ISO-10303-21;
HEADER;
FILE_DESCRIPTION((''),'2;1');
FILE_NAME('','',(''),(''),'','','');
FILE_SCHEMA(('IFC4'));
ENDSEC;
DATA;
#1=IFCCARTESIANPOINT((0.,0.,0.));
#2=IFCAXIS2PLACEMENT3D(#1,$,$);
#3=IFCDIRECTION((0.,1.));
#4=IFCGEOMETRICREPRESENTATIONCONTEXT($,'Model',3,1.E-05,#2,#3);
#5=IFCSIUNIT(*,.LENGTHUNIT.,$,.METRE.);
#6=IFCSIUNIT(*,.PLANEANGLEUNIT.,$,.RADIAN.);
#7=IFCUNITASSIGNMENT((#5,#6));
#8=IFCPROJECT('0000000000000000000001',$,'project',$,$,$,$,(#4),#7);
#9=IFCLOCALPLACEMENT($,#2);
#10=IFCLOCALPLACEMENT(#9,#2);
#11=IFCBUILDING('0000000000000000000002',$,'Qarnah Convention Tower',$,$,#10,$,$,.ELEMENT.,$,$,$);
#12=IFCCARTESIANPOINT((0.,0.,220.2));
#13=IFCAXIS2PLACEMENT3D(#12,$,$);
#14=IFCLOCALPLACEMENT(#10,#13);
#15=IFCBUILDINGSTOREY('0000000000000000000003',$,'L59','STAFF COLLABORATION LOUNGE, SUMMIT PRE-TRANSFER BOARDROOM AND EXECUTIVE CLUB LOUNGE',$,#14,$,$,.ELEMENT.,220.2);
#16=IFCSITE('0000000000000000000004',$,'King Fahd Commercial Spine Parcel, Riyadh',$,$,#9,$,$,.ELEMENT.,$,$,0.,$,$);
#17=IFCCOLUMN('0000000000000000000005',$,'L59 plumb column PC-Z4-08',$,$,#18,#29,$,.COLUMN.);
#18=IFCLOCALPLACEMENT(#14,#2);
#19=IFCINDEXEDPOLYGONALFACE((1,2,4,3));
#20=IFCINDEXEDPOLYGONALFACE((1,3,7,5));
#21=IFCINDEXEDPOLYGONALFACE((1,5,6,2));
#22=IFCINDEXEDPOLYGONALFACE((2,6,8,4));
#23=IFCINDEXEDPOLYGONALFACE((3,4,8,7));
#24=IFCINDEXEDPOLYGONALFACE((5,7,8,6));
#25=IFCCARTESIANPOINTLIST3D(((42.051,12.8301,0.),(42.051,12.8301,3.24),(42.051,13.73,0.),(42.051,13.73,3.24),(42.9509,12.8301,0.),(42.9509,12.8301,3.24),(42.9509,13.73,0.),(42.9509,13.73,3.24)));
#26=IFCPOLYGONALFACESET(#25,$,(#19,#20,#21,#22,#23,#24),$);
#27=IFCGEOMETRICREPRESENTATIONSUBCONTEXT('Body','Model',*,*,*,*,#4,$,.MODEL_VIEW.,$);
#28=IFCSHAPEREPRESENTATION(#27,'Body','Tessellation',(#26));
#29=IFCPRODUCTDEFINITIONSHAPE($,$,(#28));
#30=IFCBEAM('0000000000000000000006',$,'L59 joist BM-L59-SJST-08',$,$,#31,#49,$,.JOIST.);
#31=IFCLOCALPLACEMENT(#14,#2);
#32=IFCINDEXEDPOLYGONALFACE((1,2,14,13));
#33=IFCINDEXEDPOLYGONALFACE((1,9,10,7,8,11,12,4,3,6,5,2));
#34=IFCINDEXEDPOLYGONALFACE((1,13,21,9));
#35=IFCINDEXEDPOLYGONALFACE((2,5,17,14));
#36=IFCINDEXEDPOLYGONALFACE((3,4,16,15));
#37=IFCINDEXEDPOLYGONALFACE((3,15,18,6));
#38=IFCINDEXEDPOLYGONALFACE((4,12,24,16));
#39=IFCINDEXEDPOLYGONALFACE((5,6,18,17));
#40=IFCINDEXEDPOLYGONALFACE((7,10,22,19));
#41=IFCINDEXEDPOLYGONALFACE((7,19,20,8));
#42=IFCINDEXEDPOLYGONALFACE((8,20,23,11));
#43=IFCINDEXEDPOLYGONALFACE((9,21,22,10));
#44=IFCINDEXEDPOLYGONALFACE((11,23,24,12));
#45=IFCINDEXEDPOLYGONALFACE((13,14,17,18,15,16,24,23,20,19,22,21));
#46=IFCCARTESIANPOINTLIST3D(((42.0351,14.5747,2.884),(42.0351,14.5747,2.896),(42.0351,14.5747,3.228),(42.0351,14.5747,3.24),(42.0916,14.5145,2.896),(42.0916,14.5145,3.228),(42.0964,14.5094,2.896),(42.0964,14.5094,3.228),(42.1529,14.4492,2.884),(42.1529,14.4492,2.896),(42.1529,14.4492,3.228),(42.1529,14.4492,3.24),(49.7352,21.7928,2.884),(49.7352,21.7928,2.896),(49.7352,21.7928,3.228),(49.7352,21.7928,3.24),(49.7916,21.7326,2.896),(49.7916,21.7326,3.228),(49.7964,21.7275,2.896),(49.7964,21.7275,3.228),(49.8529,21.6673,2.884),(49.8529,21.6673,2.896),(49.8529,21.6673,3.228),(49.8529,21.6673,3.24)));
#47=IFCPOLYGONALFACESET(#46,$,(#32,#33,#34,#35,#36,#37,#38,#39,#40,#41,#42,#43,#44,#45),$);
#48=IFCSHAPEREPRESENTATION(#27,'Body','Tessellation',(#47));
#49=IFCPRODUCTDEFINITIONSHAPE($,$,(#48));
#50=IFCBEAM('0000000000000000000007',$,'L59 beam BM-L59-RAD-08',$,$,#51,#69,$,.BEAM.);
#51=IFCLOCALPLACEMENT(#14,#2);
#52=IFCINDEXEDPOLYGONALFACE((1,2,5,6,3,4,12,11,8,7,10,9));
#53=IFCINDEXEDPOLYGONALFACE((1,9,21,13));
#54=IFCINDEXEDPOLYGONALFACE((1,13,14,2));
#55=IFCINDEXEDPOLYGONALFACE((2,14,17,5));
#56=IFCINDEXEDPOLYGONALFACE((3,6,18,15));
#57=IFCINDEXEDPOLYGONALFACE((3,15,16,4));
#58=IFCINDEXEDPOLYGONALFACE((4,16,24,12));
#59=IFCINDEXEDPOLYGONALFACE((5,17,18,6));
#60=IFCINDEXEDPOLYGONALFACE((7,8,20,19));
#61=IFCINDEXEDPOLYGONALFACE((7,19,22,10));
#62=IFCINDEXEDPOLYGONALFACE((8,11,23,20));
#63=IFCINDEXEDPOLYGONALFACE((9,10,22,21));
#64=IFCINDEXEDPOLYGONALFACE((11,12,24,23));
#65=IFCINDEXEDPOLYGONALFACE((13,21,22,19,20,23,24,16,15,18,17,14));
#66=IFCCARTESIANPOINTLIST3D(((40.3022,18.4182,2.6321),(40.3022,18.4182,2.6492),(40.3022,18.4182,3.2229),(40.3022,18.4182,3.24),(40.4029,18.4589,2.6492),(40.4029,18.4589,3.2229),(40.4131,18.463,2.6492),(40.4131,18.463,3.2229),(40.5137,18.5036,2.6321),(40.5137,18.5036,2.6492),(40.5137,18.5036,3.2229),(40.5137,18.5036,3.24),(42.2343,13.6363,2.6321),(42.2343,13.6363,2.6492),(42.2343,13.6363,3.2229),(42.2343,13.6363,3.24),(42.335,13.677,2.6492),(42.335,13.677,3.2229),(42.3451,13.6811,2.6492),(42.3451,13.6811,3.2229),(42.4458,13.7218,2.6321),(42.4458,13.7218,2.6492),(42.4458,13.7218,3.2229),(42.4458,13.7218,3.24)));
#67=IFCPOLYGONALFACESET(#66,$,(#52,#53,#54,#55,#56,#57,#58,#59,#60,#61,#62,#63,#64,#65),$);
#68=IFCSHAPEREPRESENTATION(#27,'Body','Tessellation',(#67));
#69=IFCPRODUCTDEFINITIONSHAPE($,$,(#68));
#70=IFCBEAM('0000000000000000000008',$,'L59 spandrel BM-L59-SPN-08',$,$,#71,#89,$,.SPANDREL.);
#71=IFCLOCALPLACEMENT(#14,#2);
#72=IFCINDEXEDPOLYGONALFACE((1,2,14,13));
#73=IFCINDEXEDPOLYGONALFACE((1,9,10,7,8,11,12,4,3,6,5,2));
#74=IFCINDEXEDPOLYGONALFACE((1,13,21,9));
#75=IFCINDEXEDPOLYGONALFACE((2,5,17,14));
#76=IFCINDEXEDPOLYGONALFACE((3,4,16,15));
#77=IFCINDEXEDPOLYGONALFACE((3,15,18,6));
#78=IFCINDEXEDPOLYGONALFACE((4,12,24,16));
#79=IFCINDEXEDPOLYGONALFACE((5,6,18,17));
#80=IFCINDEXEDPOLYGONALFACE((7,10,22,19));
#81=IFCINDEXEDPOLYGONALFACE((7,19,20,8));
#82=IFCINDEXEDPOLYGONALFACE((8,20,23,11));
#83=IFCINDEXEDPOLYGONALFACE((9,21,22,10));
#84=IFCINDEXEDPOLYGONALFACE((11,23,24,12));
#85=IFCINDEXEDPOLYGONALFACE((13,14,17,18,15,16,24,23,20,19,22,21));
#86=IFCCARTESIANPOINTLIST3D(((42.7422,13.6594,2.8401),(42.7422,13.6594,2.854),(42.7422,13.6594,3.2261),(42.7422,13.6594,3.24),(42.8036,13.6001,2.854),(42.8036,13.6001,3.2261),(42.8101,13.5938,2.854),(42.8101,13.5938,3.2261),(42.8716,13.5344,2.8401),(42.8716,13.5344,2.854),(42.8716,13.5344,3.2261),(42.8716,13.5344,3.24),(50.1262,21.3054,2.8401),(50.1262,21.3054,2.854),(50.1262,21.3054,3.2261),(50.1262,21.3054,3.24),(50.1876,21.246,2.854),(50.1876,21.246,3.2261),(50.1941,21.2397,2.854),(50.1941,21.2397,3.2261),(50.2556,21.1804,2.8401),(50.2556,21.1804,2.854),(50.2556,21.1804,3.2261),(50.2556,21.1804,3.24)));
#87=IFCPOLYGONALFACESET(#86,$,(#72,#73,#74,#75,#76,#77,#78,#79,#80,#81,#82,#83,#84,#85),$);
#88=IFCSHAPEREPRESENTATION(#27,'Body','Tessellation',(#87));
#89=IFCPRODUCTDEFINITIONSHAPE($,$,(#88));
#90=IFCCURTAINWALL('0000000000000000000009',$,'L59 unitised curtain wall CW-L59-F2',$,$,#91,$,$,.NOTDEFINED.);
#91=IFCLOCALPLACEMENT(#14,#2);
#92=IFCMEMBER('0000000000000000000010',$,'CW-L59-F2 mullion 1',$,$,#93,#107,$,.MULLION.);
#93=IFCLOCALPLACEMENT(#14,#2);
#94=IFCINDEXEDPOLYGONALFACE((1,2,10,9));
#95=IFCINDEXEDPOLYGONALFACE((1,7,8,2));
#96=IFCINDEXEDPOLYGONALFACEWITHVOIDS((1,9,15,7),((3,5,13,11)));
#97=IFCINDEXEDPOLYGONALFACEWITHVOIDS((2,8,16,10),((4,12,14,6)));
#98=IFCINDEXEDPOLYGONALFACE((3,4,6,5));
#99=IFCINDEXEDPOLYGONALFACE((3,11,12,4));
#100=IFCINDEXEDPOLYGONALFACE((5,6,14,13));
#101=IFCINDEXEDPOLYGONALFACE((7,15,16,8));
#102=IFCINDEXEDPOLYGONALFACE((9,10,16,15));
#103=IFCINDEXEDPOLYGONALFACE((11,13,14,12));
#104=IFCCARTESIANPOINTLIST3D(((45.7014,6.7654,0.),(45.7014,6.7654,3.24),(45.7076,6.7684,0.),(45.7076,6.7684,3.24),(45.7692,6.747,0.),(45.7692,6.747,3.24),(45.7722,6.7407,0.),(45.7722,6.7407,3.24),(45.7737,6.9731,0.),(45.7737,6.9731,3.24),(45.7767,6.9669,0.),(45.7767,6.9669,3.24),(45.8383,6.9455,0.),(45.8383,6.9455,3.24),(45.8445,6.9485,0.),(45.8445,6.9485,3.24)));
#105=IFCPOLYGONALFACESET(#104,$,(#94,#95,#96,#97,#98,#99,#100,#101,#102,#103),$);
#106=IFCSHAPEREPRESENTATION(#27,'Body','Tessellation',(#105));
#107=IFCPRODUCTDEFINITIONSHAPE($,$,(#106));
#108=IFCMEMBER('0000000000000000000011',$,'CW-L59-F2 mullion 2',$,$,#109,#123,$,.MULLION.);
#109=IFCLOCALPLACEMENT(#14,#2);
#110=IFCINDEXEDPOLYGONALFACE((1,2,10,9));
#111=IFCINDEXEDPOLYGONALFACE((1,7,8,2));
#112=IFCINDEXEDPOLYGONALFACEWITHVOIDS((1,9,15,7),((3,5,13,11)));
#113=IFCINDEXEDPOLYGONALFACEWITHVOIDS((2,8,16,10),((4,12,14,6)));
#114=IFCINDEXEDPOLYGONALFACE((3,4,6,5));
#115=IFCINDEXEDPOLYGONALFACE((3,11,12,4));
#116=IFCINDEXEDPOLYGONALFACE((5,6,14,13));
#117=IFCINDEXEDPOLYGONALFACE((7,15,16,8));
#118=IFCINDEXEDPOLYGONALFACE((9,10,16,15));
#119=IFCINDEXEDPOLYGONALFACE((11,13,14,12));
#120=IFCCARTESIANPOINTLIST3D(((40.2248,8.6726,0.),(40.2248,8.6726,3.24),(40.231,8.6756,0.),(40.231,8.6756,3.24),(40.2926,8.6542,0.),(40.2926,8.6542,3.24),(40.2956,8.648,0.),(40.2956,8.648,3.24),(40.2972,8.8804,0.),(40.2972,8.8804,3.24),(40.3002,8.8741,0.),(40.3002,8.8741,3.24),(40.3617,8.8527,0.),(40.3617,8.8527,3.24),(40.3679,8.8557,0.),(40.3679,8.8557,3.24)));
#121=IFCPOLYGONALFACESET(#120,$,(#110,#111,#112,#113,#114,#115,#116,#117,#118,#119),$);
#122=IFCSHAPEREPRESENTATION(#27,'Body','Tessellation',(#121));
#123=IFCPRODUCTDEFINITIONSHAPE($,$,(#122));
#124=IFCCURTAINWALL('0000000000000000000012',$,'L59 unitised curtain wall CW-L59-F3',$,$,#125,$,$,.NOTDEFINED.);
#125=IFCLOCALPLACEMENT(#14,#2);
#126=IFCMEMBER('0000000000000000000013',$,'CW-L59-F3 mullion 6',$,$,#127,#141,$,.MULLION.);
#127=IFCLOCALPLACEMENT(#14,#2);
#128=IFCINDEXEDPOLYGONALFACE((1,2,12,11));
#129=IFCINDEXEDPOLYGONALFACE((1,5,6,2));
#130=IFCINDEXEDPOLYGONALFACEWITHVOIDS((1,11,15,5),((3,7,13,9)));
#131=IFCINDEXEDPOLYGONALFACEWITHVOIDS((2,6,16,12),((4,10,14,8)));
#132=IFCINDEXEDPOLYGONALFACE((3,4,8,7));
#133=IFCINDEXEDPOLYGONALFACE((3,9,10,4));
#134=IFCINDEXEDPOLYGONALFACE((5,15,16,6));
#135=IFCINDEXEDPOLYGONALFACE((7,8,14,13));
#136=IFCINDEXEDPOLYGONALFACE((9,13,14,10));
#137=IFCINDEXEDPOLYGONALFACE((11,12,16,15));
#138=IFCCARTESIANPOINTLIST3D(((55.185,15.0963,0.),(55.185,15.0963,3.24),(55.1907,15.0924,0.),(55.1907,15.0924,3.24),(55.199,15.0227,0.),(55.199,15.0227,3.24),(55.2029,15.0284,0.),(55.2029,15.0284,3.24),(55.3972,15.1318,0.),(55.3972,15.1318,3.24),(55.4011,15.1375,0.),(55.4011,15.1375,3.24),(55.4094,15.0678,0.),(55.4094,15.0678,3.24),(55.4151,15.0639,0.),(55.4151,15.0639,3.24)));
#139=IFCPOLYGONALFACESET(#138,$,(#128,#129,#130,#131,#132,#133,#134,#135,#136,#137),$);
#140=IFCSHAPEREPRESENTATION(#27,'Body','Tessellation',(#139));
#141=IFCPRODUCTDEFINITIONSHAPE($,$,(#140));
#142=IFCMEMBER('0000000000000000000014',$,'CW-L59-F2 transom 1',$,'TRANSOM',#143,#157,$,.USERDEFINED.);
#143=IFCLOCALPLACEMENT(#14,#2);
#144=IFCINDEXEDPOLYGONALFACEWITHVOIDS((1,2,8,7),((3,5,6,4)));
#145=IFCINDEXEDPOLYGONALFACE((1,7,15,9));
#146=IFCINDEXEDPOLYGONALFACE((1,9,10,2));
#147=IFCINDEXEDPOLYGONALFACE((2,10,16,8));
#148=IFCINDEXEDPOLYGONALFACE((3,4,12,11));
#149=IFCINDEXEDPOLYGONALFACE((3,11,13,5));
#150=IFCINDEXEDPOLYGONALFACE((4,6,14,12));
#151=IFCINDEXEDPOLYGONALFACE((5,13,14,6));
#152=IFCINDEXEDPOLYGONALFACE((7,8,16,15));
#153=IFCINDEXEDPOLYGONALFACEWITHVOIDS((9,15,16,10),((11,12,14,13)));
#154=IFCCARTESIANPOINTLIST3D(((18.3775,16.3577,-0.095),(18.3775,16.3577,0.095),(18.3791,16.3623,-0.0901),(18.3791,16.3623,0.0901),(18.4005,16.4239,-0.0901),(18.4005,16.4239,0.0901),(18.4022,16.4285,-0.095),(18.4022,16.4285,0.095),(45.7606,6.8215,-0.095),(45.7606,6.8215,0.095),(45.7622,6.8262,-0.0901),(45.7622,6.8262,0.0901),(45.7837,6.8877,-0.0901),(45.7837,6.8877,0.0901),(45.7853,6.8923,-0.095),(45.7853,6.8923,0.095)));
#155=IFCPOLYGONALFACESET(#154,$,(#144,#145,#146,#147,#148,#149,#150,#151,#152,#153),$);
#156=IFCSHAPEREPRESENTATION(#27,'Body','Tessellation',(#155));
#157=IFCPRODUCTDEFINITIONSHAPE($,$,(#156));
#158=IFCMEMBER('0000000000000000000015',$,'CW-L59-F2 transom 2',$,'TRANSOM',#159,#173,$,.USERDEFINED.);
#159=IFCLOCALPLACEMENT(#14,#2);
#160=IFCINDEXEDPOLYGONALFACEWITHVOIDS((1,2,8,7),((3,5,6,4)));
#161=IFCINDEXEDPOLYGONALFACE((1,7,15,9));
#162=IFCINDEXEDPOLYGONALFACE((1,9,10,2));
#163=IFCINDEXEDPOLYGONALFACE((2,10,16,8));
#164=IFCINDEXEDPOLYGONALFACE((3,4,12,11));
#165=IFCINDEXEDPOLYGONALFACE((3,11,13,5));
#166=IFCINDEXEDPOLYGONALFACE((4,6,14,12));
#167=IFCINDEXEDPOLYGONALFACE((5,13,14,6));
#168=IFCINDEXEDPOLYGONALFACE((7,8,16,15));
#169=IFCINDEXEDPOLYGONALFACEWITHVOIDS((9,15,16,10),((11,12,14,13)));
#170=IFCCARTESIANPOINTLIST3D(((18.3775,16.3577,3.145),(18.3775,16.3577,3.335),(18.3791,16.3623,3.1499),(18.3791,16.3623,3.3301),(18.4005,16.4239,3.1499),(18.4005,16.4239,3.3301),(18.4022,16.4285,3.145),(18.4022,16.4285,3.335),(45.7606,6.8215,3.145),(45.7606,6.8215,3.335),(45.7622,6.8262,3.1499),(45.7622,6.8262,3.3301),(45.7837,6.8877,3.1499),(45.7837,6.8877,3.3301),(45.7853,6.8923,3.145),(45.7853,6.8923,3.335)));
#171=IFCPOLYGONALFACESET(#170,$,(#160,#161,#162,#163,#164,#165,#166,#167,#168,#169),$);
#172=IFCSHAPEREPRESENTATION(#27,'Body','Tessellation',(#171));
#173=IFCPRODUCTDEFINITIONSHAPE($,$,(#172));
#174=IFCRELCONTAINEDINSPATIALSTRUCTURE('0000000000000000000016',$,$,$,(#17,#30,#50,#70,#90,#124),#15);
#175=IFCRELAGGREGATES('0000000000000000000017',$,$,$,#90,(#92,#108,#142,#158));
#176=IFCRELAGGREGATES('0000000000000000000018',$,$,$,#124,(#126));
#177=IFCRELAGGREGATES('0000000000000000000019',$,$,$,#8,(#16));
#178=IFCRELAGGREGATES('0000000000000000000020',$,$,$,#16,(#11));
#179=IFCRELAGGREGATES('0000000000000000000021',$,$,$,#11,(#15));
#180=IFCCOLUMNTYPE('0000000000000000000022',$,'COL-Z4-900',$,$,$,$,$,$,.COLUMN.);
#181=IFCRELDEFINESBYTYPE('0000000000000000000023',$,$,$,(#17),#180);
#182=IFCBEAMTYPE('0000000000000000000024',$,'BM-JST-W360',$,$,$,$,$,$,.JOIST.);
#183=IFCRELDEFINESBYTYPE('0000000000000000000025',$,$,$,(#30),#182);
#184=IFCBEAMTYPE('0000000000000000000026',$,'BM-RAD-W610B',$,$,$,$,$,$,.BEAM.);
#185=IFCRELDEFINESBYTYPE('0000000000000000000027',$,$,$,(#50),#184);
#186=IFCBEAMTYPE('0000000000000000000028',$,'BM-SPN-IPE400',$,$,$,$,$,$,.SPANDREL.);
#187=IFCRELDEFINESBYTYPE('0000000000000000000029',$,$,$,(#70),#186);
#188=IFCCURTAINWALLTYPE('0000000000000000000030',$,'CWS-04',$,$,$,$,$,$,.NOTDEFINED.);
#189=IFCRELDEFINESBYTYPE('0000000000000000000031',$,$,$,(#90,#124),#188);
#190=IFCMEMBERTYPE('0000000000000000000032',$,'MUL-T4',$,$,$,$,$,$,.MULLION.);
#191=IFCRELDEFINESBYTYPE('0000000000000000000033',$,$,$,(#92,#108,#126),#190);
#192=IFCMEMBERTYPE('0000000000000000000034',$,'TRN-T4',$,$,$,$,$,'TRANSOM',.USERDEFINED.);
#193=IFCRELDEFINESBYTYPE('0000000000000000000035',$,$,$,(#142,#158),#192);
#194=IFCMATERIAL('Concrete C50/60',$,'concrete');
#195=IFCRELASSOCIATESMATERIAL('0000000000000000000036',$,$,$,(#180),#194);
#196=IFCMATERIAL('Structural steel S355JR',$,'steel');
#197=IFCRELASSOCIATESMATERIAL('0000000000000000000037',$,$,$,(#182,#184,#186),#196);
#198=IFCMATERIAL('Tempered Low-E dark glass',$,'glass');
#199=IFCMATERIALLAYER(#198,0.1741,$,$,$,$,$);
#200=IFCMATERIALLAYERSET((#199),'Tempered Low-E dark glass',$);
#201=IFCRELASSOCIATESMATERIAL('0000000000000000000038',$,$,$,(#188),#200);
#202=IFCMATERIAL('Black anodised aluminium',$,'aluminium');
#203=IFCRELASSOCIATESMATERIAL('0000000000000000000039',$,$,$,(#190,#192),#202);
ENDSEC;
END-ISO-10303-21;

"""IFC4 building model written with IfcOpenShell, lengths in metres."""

from ifc_helpers import new_model, si_unit, direction, frame, origin, origin_2d, place, context, subcontext, project, spatial, rectangle, hollow_rectangle, i_section, extrude, material, layer, layer_set, material_profile, profile_set, type_object, element, aggregate, save


model = new_model("IFC4")

# Units and contexts
model_context = context("Model", 3, precision=1e-05, world=origin(), true_north=direction((0.0, 1.0)))
body_context = subcontext(model_context, "Body", "Model", "MODEL_VIEW")
ifc_project = project(units=[si_unit("LENGTHUNIT", "METRE"), si_unit("PLANEANGLEUNIT", "RADIAN")], contexts=[model_context])

# Site, building, storey
site_placement = place(None, origin())
site = spatial("IfcSite", under=ifc_project, at=site_placement, Name="King Fahd Commercial Spine Parcel, Riyadh", CompositionType="ELEMENT", RefElevation=0.0)
building_placement = place(site_placement, origin())
building = spatial("IfcBuilding", under=site, at=building_placement, Name="Qarnah Convention Tower", CompositionType="ELEMENT")
storey_placement = place(building_placement, frame((0.0, 0.0, 220.2)))
storey = spatial("IfcBuildingStorey", under=building, at=storey_placement, Name="L59", Description="STAFF COLLABORATION LOUNGE, SUMMIT PRE-TRANSFER BOARDROOM AND EXECUTIVE CLUB LOUNGE", CompositionType="ELEMENT", Elevation=220.2)

# Column
ifc_material_1 = material(Name="Concrete C50/60", Category="concrete")
ifc_material_profile_1 = material_profile(ifc_material_1, rectangle(XDim=0.8999, YDim=0.8999, at=origin_2d()), Name="RC-COL-900X900")
ifc_profile_set_1 = profile_set([ifc_material_profile_1], Name="Concrete C50/60")
column_type = type_object("IfcColumnType", Name="COL-Z4-900", PredefinedType="COLUMN", material=ifc_profile_set_1)
column_placement = place(storey_placement, frame((42.501, 13.28, 0.0), z_axis=(0.0, 0.0, 1.0), x_axis=(1.0, 0.0, 0.0)))
element("IfcColumn", 1, at=column_placement, inside=storey, type_object=column_type, Name="L59 plumb column PC-Z4-08", PredefinedType="COLUMN", context=body_context, shape_type="SweptSolid", body=[
    extrude(rectangle(XDim=0.8999, YDim=0.8999, at=origin_2d()), origin(), (0.0, 0.0, 1.0), 3.24),
])

# Beams
ifc_material_2 = material(Name="Structural steel S355JR", Category="steel")
ifc_material_profile_2 = material_profile(ifc_material_2, i_section(OverallWidth=0.1721, OverallDepth=0.356, WebThickness=0.0071, FlangeThickness=0.012, at=origin_2d()), Name="W360X51")
ifc_profile_set_2 = profile_set([ifc_material_profile_2], Name="Structural steel S355JR")
beam_type_1 = type_object("IfcBeamType", Name="BM-JST-W360", PredefinedType="JOIST", material=ifc_profile_set_2)
beam_1_placement = place(storey_placement, frame((42.094, 14.512, 3.062), z_axis=(0.72957, 0.683907, 0.0), x_axis=(-0.683907, 0.72957, 0.0)))
element("IfcBeam", 2, at=beam_1_placement, inside=storey, type_object=beam_type_1, Name="L59 joist BM-L59-SJST-08", PredefinedType="JOIST", context=body_context, shape_type="SweptSolid", body=[
    extrude(i_section(OverallWidth=0.1721, OverallDepth=0.356, WebThickness=0.0071, FlangeThickness=0.012, at=origin_2d()), origin(), (0.0, 0.0, 1.0), 10.5542),
])
ifc_material_profile_3 = material_profile(ifc_material_2, i_section(OverallWidth=0.228, OverallDepth=0.6079, WebThickness=0.011, FlangeThickness=0.0171, at=origin_2d()), Name="W610X113")
ifc_profile_set_3 = profile_set([ifc_material_profile_3], Name="Structural steel S355JR")
beam_type_2 = type_object("IfcBeamType", Name="BM-RAD-W610B", PredefinedType="BEAM", material=ifc_profile_set_3)
beam_2_placement = place(storey_placement, frame((40.408, 18.4609, 2.936), z_axis=(0.37462, -0.927178, 0.0), x_axis=(0.927178, 0.37462, 0.0)))
element("IfcBeam", 3, at=beam_2_placement, inside=storey, type_object=beam_type_2, Name="L59 beam BM-L59-RAD-08", PredefinedType="BEAM", context=body_context, shape_type="SweptSolid", body=[
    extrude(i_section(OverallWidth=0.228, OverallDepth=0.6079, WebThickness=0.011, FlangeThickness=0.0171, at=origin_2d()), origin(), (0.0, 0.0, 1.0), 5.1575),
])
ifc_material_profile_4 = material_profile(ifc_material_2, i_section(OverallWidth=0.1799, OverallDepth=0.3999, WebThickness=0.009, FlangeThickness=0.0139, at=origin_2d()), Name="IPE400")
ifc_profile_set_4 = profile_set([ifc_material_profile_4], Name="Structural steel S355JR")
beam_type_3 = type_object("IfcBeamType", Name="BM-SPN-IPE400", PredefinedType="SPANDREL", material=ifc_profile_set_4)
beam_3_placement = place(storey_placement, frame((42.8069, 13.5969, 3.04), z_axis=(0.694677, 0.719322, 0.0), x_axis=(-0.719322, 0.694677, 0.0)))
element("IfcBeam", 4, at=beam_3_placement, inside=storey, type_object=beam_type_3, Name="L59 spandrel BM-L59-SPN-08", PredefinedType="SPANDREL", context=body_context, shape_type="SweptSolid", body=[
    extrude(i_section(OverallWidth=0.1799, OverallDepth=0.3999, WebThickness=0.009, FlangeThickness=0.0139, at=origin_2d()), origin(), (0.0, 0.0, 1.0), 10.6294),
])

# Curtain wall, members
ifc_material_3 = material(Name="Tempered Low-E dark glass", Category="glass")
ifc_layer_1 = layer(ifc_material_3, 0.1741)
ifc_layer_set_1 = layer_set([ifc_layer_1], Name="Tempered Low-E dark glass")
curtain_wall_type = type_object("IfcCurtainWallType", Name="CWS-04", PredefinedType="NOTDEFINED", material=ifc_layer_set_1)
curtain_wall_1_placement = place(storey_placement, origin())
curtain_wall_1 = element("IfcCurtainWall", 5, at=curtain_wall_1_placement, inside=storey, type_object=curtain_wall_type, Name="L59 unitised curtain wall CW-L59-F2", PredefinedType="NOTDEFINED")
ifc_material_4 = material(Name="Black anodised aluminium", Category="aluminium")
ifc_material_profile_5 = material_profile(ifc_material_4, hollow_rectangle(XDim=0.075, YDim=0.22, WallThickness=0.0049, at=origin_2d()), Name="MUL-75X220")
ifc_profile_set_5 = profile_set([ifc_material_profile_5], Name="Black anodised aluminium")
member_type_1 = type_object("IfcMemberType", Name="MUL-T4", PredefinedType="MULLION", material=ifc_profile_set_5)
member_1_placement = place(storey_placement, frame((45.7729, 6.8569, 0.0), z_axis=(0.0, 0.0, 1.0), x_axis=(-0.944374, 0.328874, 0.0)))
member_1 = element("IfcMember", 6, at=member_1_placement, type_object=member_type_1, Name="CW-L59-F2 mullion 1", PredefinedType="MULLION", context=body_context, shape_type="SweptSolid", body=[
    extrude(hollow_rectangle(XDim=0.075, YDim=0.22, WallThickness=0.0049, at=origin_2d()), origin(), (0.0, 0.0, 1.0), 3.24),
])
member_2_placement = place(storey_placement, frame((40.2964, 8.7642, 0.0), z_axis=(0.0, 0.0, 1.0), x_axis=(-0.944374, 0.328874, 0.0)))
member_2 = element("IfcMember", 7, at=member_2_placement, type_object=member_type_1, Name="CW-L59-F2 mullion 2", PredefinedType="MULLION", context=body_context, shape_type="SweptSolid", body=[
    extrude(hollow_rectangle(XDim=0.075, YDim=0.22, WallThickness=0.0049, at=origin_2d()), origin(), (0.0, 0.0, 1.0), 3.24),
])

# Curtain wall, member
curtain_wall_2_placement = place(storey_placement, origin())
curtain_wall_2 = element("IfcCurtainWall", 8, at=curtain_wall_2_placement, inside=storey, type_object=curtain_wall_type, Name="L59 unitised curtain wall CW-L59-F3", PredefinedType="NOTDEFINED")
member_3_placement = place(storey_placement, frame((55.3, 15.0801, 0.0), z_axis=(0.0, 0.0, 1.0), x_axis=(0.187407, -0.982282, 0.0)))
member_3 = element("IfcMember", 9, at=member_3_placement, type_object=member_type_1, Name="CW-L59-F3 mullion 6", PredefinedType="MULLION", context=body_context, shape_type="SweptSolid", body=[
    extrude(hollow_rectangle(XDim=0.075, YDim=0.22, WallThickness=0.0049, at=origin_2d()), origin(), (0.0, 0.0, 1.0), 3.24),
])

# Members
ifc_material_profile_6 = material_profile(ifc_material_4, hollow_rectangle(XDim=0.075, YDim=0.1899, WallThickness=0.0049, at=origin_2d()), Name="TRN-75X190")
ifc_profile_set_6 = profile_set([ifc_material_profile_6], Name="Black anodised aluminium")
member_type_2 = type_object("IfcMemberType", Name="TRN-T4", ElementType="TRANSOM", PredefinedType="USERDEFINED", material=ifc_profile_set_6)
member_4_placement = place(storey_placement, frame((45.7729, 6.8569, 0.0), z_axis=(-0.944373, 0.328877, 0.0), x_axis=(-0.328877, -0.944373, 0.0)))
member_4 = element("IfcMember", 10, at=member_4_placement, type_object=member_type_2, Name="CW-L59-F2 transom 1", ObjectType="TRANSOM", PredefinedType="USERDEFINED", context=body_context, shape_type="SweptSolid", body=[
    extrude(hollow_rectangle(XDim=0.075, YDim=0.1899, WallThickness=0.0049, at=origin_2d()), origin(), (0.0, 0.0, 1.0), 28.9961),
])
member_5_placement = place(storey_placement, frame((45.7729, 6.8569, 3.24), z_axis=(-0.944373, 0.328877, 0.0), x_axis=(-0.328877, -0.944373, 0.0)))
member_5 = element("IfcMember", 11, at=member_5_placement, type_object=member_type_2, Name="CW-L59-F2 transom 2", ObjectType="TRANSOM", PredefinedType="USERDEFINED", context=body_context, shape_type="SweptSolid", body=[
    extrude(hollow_rectangle(XDim=0.075, YDim=0.1899, WallThickness=0.0049, at=origin_2d()), origin(), (0.0, 0.0, 1.0), 28.9961),
])

aggregate(curtain_wall_1, [member_1, member_2, member_4, member_5])
aggregate(curtain_wall_2, [member_3])

save(model, "model.ifc")
